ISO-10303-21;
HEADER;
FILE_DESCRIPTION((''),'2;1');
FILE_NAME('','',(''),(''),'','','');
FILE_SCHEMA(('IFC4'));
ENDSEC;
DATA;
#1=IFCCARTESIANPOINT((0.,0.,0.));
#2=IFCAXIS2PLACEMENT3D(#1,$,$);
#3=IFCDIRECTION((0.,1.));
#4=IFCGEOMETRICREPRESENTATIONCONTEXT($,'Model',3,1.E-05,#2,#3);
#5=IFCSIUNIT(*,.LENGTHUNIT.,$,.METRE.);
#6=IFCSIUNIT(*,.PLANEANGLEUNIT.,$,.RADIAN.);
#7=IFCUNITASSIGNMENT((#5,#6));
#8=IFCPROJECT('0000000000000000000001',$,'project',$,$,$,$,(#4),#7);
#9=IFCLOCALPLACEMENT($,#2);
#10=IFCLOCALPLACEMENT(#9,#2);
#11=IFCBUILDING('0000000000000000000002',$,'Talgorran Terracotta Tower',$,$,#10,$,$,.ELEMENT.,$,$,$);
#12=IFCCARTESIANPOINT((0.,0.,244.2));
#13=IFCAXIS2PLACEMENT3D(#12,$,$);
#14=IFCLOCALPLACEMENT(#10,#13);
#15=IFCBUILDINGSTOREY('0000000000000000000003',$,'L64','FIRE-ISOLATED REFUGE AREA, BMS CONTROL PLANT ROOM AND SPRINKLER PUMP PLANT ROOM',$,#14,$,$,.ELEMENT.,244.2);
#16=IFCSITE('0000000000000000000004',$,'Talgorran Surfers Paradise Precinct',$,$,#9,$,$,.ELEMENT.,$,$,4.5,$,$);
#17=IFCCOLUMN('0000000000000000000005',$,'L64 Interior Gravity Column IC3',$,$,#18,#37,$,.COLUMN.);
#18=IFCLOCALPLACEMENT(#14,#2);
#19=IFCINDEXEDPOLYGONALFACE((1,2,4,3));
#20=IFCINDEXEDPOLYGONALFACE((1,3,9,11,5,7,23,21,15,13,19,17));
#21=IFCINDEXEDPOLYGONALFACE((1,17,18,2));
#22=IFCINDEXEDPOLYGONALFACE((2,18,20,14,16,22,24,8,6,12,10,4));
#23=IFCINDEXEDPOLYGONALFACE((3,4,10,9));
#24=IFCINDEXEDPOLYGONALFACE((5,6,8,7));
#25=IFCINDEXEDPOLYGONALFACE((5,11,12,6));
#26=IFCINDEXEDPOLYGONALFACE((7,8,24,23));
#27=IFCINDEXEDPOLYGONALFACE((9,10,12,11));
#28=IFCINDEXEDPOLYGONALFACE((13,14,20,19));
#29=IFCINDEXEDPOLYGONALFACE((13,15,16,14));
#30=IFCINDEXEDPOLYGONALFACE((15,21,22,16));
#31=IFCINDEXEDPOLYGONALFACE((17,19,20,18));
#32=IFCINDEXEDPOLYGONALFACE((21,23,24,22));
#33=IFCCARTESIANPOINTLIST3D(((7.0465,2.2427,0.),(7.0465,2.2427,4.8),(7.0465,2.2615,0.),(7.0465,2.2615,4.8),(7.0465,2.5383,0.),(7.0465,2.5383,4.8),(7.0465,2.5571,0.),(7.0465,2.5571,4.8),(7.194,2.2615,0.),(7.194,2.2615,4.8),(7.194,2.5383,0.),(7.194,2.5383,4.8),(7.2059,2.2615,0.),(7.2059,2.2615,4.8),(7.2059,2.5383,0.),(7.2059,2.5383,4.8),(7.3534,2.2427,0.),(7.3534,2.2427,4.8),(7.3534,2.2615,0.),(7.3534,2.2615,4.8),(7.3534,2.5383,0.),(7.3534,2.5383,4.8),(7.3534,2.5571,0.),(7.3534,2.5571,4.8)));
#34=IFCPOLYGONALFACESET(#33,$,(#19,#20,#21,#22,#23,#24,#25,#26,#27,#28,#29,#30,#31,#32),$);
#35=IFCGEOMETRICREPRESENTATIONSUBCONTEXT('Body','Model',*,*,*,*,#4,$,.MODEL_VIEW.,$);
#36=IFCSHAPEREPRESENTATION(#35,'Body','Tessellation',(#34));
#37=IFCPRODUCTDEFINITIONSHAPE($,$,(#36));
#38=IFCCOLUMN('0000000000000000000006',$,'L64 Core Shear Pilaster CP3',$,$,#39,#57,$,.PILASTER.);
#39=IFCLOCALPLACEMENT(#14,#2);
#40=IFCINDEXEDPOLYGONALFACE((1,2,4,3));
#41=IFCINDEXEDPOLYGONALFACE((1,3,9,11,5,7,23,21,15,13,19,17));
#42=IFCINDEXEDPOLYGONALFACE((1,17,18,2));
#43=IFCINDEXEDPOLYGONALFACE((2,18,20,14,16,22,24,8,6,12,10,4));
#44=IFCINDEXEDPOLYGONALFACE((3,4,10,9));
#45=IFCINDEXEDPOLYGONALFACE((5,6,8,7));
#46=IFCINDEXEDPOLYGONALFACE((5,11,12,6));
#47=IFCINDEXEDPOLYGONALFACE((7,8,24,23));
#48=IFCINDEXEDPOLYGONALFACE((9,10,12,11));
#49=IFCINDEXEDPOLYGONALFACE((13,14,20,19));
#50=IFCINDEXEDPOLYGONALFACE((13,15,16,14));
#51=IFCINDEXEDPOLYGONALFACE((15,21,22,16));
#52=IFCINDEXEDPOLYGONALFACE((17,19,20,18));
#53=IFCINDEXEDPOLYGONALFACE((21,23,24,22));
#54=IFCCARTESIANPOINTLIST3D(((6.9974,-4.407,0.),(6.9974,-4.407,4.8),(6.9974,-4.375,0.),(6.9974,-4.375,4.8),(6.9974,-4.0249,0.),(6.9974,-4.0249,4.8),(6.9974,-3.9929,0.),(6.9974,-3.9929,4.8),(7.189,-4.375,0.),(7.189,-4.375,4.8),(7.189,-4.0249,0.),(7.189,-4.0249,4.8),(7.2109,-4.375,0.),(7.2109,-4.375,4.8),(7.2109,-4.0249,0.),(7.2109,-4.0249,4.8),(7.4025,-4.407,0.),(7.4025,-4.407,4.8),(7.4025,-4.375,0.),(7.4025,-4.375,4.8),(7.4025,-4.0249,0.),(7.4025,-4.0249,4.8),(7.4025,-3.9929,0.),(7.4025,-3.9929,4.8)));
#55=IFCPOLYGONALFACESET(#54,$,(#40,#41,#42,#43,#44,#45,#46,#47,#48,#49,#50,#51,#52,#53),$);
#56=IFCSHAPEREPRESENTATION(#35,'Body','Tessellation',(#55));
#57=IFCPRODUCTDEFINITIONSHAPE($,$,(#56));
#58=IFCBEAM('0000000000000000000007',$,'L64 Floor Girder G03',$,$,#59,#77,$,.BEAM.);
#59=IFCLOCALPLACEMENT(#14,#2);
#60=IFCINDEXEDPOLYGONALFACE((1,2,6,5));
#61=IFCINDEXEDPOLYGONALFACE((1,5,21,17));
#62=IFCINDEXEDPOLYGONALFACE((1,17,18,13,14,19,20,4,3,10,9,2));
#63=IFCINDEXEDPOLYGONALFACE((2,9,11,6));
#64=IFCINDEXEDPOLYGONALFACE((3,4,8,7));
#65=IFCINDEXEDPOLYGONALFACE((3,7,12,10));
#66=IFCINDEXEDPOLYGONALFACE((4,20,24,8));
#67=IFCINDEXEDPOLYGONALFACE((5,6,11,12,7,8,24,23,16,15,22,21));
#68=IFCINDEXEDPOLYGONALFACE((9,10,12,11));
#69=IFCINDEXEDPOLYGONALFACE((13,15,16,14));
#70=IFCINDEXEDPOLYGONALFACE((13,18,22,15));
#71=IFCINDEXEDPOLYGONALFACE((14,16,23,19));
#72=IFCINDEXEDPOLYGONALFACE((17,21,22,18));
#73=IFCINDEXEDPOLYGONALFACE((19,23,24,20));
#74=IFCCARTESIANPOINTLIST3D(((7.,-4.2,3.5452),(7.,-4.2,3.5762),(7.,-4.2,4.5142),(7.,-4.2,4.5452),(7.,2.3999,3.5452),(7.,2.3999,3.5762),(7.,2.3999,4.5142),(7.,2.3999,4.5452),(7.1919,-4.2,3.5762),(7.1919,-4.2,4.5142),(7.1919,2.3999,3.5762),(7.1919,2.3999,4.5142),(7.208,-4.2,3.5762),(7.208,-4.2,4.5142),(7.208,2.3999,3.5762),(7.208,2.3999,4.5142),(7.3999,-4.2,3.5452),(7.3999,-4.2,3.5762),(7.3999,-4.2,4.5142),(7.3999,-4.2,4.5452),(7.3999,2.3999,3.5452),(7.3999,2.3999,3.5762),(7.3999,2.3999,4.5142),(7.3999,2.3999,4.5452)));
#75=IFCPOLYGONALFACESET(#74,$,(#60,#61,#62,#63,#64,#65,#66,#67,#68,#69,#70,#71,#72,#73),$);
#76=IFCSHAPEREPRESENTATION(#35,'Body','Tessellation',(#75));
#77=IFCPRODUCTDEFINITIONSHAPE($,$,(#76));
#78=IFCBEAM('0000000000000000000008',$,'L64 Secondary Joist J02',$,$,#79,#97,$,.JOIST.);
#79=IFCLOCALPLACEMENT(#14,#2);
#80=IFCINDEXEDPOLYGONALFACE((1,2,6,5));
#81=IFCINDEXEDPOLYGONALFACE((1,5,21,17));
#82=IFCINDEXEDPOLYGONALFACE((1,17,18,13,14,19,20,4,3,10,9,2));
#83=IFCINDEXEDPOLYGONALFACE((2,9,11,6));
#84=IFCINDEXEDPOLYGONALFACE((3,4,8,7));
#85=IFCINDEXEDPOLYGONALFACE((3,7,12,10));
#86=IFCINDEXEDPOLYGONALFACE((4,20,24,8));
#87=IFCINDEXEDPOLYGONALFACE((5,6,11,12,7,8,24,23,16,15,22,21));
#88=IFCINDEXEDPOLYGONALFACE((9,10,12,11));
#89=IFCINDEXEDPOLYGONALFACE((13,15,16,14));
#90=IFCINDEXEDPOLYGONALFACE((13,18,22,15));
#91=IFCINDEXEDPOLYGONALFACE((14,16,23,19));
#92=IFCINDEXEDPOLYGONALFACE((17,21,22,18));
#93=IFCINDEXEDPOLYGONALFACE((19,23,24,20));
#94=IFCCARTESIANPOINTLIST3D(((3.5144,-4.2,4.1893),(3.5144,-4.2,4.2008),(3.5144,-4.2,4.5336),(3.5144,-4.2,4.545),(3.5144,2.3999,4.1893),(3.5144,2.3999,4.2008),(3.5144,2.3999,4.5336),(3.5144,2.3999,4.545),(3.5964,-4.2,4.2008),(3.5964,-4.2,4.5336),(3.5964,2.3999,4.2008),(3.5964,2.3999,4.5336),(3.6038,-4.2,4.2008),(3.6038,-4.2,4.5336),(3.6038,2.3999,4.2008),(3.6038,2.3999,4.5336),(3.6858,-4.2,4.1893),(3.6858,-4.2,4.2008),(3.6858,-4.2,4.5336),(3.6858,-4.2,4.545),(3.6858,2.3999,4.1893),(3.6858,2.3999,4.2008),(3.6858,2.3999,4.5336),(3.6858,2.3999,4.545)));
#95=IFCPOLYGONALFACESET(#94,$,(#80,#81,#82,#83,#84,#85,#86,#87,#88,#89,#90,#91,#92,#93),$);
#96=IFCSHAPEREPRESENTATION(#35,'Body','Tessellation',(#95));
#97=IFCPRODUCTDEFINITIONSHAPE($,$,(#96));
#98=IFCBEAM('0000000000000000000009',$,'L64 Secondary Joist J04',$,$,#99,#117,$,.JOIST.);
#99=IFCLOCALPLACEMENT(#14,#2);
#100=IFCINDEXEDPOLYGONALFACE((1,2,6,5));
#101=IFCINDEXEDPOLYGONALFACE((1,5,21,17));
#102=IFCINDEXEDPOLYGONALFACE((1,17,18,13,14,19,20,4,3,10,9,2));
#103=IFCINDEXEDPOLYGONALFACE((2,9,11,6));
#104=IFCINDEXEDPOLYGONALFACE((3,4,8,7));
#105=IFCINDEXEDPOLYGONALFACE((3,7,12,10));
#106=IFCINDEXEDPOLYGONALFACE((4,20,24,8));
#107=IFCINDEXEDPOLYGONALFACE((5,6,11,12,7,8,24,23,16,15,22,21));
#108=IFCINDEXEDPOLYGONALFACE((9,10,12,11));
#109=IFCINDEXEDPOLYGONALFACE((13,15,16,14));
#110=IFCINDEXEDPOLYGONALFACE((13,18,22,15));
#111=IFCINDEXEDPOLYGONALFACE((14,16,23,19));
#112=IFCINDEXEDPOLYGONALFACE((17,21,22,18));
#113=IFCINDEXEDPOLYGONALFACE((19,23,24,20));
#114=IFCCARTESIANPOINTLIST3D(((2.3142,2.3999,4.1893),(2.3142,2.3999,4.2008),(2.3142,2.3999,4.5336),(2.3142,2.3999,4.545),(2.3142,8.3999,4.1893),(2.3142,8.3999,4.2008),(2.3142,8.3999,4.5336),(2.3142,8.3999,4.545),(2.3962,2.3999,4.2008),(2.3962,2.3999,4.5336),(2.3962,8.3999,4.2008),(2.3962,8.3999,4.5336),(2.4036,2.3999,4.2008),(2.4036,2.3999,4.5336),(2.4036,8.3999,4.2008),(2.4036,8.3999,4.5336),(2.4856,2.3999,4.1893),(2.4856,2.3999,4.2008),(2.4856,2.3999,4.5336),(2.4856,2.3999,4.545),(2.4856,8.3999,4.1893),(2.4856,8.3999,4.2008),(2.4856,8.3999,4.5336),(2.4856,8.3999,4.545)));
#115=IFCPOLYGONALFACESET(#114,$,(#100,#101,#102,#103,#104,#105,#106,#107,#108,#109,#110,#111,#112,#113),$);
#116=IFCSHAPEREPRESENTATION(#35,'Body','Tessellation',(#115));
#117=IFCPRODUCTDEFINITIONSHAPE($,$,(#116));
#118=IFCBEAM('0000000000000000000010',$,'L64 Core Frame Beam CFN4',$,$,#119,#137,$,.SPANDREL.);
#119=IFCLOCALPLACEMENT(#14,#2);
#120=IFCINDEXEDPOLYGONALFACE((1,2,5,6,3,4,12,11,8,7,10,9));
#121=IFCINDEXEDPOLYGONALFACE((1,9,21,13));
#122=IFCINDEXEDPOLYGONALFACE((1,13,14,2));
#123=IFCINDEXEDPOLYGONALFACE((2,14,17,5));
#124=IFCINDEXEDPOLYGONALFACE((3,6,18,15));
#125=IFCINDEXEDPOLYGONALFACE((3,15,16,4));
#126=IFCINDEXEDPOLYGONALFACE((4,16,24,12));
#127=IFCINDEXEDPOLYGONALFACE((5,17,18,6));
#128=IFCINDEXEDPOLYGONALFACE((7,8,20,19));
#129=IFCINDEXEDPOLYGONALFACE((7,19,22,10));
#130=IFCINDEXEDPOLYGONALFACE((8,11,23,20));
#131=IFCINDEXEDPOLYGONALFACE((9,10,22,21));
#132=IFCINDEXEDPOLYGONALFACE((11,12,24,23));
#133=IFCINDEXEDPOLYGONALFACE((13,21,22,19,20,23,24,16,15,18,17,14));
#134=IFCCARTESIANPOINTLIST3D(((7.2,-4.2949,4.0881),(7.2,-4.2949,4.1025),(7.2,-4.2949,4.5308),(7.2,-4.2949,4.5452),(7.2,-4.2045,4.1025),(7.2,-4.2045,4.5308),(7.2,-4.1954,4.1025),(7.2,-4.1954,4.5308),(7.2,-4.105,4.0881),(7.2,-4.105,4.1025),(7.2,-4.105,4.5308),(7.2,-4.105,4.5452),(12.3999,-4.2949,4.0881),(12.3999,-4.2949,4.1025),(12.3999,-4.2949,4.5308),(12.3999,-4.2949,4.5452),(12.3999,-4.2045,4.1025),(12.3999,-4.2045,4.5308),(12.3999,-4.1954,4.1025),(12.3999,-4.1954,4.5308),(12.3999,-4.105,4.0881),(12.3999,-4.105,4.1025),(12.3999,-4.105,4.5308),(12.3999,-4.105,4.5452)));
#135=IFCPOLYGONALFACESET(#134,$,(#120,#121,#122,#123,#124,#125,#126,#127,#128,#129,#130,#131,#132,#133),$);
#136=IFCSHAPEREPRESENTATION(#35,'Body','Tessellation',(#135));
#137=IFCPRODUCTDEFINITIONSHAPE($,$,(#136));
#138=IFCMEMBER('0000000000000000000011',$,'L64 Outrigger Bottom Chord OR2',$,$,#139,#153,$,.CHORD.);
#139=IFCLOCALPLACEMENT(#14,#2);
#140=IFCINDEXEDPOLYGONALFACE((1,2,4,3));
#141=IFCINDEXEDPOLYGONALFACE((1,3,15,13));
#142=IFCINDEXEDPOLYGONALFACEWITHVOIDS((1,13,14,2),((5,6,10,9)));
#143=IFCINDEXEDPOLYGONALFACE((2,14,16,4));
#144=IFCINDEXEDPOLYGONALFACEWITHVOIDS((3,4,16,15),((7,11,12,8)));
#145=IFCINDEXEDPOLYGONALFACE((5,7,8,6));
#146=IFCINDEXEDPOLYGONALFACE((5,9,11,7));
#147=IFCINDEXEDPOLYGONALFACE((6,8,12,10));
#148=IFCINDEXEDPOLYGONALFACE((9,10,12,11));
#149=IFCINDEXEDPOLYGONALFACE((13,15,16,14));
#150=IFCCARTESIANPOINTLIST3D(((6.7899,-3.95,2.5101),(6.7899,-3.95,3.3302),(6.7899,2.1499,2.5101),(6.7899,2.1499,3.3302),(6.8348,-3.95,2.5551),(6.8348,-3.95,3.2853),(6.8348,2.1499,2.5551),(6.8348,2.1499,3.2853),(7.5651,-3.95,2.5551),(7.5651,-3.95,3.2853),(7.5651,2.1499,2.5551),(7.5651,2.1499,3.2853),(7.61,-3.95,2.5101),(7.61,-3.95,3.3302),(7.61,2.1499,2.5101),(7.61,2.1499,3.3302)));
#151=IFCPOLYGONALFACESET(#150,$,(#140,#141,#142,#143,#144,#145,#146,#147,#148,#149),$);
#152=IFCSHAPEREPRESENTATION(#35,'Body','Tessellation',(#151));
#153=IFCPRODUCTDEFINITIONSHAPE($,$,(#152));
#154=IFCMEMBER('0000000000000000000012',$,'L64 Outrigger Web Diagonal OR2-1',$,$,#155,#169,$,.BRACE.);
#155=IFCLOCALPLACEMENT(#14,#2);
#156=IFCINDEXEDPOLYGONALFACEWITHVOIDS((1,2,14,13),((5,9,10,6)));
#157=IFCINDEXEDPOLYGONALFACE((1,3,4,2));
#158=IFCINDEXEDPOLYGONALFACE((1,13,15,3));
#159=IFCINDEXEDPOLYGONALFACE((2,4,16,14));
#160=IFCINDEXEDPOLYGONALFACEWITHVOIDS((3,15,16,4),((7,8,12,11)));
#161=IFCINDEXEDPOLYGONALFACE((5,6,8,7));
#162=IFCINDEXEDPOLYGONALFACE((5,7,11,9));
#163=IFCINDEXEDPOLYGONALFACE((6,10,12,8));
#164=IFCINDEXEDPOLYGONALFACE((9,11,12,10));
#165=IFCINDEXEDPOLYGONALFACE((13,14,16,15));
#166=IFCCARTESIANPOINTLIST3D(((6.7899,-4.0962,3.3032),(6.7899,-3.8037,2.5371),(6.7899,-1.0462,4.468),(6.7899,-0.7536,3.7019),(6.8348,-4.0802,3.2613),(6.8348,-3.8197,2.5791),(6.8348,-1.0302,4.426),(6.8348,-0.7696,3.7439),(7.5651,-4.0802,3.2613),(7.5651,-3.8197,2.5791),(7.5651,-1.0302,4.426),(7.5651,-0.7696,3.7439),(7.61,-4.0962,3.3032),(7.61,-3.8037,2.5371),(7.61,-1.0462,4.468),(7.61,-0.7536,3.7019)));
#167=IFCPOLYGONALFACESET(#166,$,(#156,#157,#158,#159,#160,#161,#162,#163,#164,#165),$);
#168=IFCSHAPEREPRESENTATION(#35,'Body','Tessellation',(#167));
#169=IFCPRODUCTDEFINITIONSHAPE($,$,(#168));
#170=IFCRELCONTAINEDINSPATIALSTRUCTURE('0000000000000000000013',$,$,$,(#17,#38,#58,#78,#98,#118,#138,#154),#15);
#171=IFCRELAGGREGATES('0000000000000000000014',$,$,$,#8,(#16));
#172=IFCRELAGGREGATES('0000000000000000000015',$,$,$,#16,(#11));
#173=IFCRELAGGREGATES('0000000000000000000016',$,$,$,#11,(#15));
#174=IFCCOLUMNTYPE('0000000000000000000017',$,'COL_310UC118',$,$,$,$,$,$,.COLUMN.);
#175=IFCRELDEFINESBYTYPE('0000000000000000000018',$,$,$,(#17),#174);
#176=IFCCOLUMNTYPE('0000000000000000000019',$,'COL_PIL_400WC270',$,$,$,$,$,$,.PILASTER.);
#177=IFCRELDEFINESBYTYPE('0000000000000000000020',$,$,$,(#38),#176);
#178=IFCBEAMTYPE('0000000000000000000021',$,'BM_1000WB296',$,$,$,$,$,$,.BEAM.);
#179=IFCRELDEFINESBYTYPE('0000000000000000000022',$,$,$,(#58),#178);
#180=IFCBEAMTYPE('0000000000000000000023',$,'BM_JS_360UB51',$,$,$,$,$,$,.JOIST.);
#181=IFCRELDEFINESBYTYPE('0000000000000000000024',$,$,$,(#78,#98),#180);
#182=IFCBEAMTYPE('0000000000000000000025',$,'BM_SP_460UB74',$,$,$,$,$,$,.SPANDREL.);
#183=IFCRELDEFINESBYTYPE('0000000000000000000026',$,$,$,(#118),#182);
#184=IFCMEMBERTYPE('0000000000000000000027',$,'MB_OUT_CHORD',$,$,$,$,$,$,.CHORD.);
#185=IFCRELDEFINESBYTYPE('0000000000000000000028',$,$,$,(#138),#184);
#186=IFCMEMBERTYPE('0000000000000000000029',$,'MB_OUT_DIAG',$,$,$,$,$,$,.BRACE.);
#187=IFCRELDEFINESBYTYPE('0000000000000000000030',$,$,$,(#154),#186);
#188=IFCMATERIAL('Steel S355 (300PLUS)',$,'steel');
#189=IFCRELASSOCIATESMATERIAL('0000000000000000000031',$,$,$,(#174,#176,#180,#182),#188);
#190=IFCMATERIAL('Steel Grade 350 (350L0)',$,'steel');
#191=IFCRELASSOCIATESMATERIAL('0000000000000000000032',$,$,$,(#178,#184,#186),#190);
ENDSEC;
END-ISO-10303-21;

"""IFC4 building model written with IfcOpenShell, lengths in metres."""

from ifc_helpers import new_model, si_unit, direction, frame, origin, origin_2d, place, context, subcontext, project, spatial, hollow_rectangle, i_section, extrude, material, material_profile, profile_set, type_object, element, save


model = new_model("IFC4")

# Units and contexts
model_context = context("Model", 3, precision=1e-05, world=origin(), true_north=direction((0.0, 1.0)))
body_context = subcontext(model_context, "Body", "Model", "MODEL_VIEW")
ifc_project = project(units=[si_unit("LENGTHUNIT", "METRE"), si_unit("PLANEANGLEUNIT", "RADIAN")], contexts=[model_context])

# Site, building, storey
site_placement = place(None, origin())
site = spatial("IfcSite", under=ifc_project, at=site_placement, Name="Talgorran Surfers Paradise Precinct", CompositionType="ELEMENT", RefElevation=4.5)
building_placement = place(site_placement, origin())
building = spatial("IfcBuilding", under=site, at=building_placement, Name="Talgorran Terracotta Tower", CompositionType="ELEMENT")
storey_placement = place(building_placement, frame((0.0, 0.0, 244.2)))
storey = spatial("IfcBuildingStorey", under=building, at=storey_placement, Name="L64", Description="FIRE-ISOLATED REFUGE AREA, BMS CONTROL PLANT ROOM AND SPRINKLER PUMP PLANT ROOM", CompositionType="ELEMENT", Elevation=244.2)

# Columns
ifc_material_1 = material(Name="Steel S355 (300PLUS)", Category="steel")
ifc_material_profile_1 = material_profile(ifc_material_1, i_section(OverallWidth=0.3069, OverallDepth=0.3145, WebThickness=0.012, FlangeThickness=0.0188, at=origin_2d()), Name="310UC118")
ifc_profile_set_1 = profile_set([ifc_material_profile_1], Name="Steel S355 (300PLUS)")
column_type_1 = type_object("IfcColumnType", Name="COL_310UC118", PredefinedType="COLUMN", material=ifc_profile_set_1)
column_1_placement = place(storey_placement, frame((7.2, 2.3999, 0.0), z_axis=(0.0, 0.0, 1.0), x_axis=(1.0, 0.0, 0.0)))
element("IfcColumn", 1, at=column_1_placement, inside=storey, type_object=column_type_1, Name="L64 Interior Gravity Column IC3", PredefinedType="COLUMN", context=body_context, shape_type="SweptSolid", body=[
    extrude(i_section(OverallWidth=0.3069, OverallDepth=0.3145, WebThickness=0.012, FlangeThickness=0.0188, at=origin_2d()), origin(), (0.0, 0.0, 1.0), 4.8),
])
ifc_material_profile_2 = material_profile(ifc_material_1, i_section(OverallWidth=0.405, OverallDepth=0.4141, WebThickness=0.022, FlangeThickness=0.032, at=origin_2d()), Name="400WC270")
ifc_profile_set_2 = profile_set([ifc_material_profile_2], Name="Steel S355 (300PLUS)")
column_type_2 = type_object("IfcColumnType", Name="COL_PIL_400WC270", PredefinedType="PILASTER", material=ifc_profile_set_2)
column_2_placement = place(storey_placement, frame((7.2, -4.2, 0.0), z_axis=(0.0, 0.0, 1.0), x_axis=(1.0, 0.0, 0.0)))
element("IfcColumn", 2, at=column_2_placement, inside=storey, type_object=column_type_2, Name="L64 Core Shear Pilaster CP3", PredefinedType="PILASTER", context=body_context, shape_type="SweptSolid", body=[
    extrude(i_section(OverallWidth=0.405, OverallDepth=0.4141, WebThickness=0.022, FlangeThickness=0.032, at=origin_2d()), origin(), (0.0, 0.0, 1.0), 4.8),
])

# Beams
ifc_material_2 = material(Name="Steel Grade 350 (350L0)", Category="steel")
ifc_material_profile_3 = material_profile(ifc_material_2, i_section(OverallWidth=0.3999, OverallDepth=1.0, WebThickness=0.0161, FlangeThickness=0.031, at=origin_2d()), Name="1000WB296")
ifc_profile_set_3 = profile_set([ifc_material_profile_3], Name="Steel Grade 350 (350L0)")
beam_type_1 = type_object("IfcBeamType", Name="BM_1000WB296", PredefinedType="BEAM", material=ifc_profile_set_3)
beam_1_placement = place(storey_placement, frame((7.2, -4.2, 4.0452), z_axis=(0.0, 1.0, 0.0), x_axis=(-1.0, 0.0, 0.0)))
element("IfcBeam", 3, at=beam_1_placement, inside=storey, type_object=beam_type_1, Name="L64 Floor Girder G03", PredefinedType="BEAM", context=body_context, shape_type="SweptSolid", body=[
    extrude(i_section(OverallWidth=0.3999, OverallDepth=1.0, WebThickness=0.0161, FlangeThickness=0.031, at=origin_2d()), origin(), (0.0, 0.0, 1.0), 6.5999),
])
ifc_material_profile_4 = material_profile(ifc_material_1, i_section(OverallWidth=0.1714, OverallDepth=0.3557, WebThickness=0.0073, FlangeThickness=0.0115, at=origin_2d()), Name="360UB50.7")
ifc_profile_set_4 = profile_set([ifc_material_profile_4], Name="Steel S355 (300PLUS)")
beam_type_2 = type_object("IfcBeamType", Name="BM_JS_360UB51", PredefinedType="JOIST", material=ifc_profile_set_4)
beam_2_placement = place(storey_placement, frame((3.6001, -4.2, 4.3672), z_axis=(0.0, 1.0, 0.0), x_axis=(-1.0, 0.0, 0.0)))
element("IfcBeam", 4, at=beam_2_placement, inside=storey, type_object=beam_type_2, Name="L64 Secondary Joist J02", PredefinedType="JOIST", context=body_context, shape_type="SweptSolid", body=[
    extrude(i_section(OverallWidth=0.1714, OverallDepth=0.3557, WebThickness=0.0073, FlangeThickness=0.0115, at=origin_2d()), origin(), (0.0, 0.0, 1.0), 6.5999),
])
beam_3_placement = place(storey_placement, frame((2.3999, 2.3999, 4.3672), z_axis=(0.0, 1.0, 0.0), x_axis=(-1.0, 0.0, 0.0)))
element("IfcBeam", 5, at=beam_3_placement, inside=storey, type_object=beam_type_2, Name="L64 Secondary Joist J04", PredefinedType="JOIST", context=body_context, shape_type="SweptSolid", body=[
    extrude(i_section(OverallWidth=0.1714, OverallDepth=0.3557, WebThickness=0.0073, FlangeThickness=0.0115, at=origin_2d()), origin(), (0.0, 0.0, 1.0), 6.0),
])
ifc_material_profile_5 = material_profile(ifc_material_1, i_section(OverallWidth=0.1899, OverallDepth=0.457, WebThickness=0.009, FlangeThickness=0.0144, at=origin_2d()), Name="460UB74.6")
ifc_profile_set_5 = profile_set([ifc_material_profile_5], Name="Steel S355 (300PLUS)")
beam_type_3 = type_object("IfcBeamType", Name="BM_SP_460UB74", PredefinedType="SPANDREL", material=ifc_profile_set_5)
beam_4_placement = place(storey_placement, frame((7.2, -4.2, 4.3167), z_axis=(1.0, 0.0, 0.0), x_axis=(0.0, 1.0, 0.0)))
element("IfcBeam", 6, at=beam_4_placement, inside=storey, type_object=beam_type_3, Name="L64 Core Frame Beam CFN4", PredefinedType="SPANDREL", context=body_context, shape_type="SweptSolid", body=[
    extrude(i_section(OverallWidth=0.1899, OverallDepth=0.457, WebThickness=0.009, FlangeThickness=0.0144, at=origin_2d()), origin(), (0.0, 0.0, 1.0), 5.2),
])

# Members
ifc_material_profile_6 = material_profile(ifc_material_2, hollow_rectangle(XDim=0.8201, YDim=0.8201, WallThickness=0.0449, at=origin_2d()), Name="WBOX820X820X45")
ifc_profile_set_6 = profile_set([ifc_material_profile_6], Name="Steel Grade 350 (350L0)")
member_type_1 = type_object("IfcMemberType", Name="MB_OUT_CHORD", PredefinedType="CHORD", material=ifc_profile_set_6)
member_1_placement = place(storey_placement, frame((7.2, -3.95, 2.9202), z_axis=(0.0, 1.0, 0.0), x_axis=(-1.0, 0.0, 0.0)))
element("IfcMember", 7, at=member_1_placement, inside=storey, type_object=member_type_1, Name="L64 Outrigger Bottom Chord OR2", PredefinedType="CHORD", context=body_context, shape_type="SweptSolid", body=[
    extrude(hollow_rectangle(XDim=0.8201, YDim=0.8201, WallThickness=0.0449, at=origin_2d()), origin(), (0.0, 0.0, 1.0), 6.0999),
])
ifc_material_profile_7 = material_profile(ifc_material_2, hollow_rectangle(XDim=0.8201, YDim=0.8201, WallThickness=0.0449, at=origin_2d()), Name="WBOX820X820X45")
ifc_profile_set_7 = profile_set([ifc_material_profile_7], Name="Steel Grade 350 (350L0)")
member_type_2 = type_object("IfcMemberType", Name="MB_OUT_DIAG", PredefinedType="BRACE", material=ifc_profile_set_7)
member_2_placement = place(storey_placement, frame((7.2, -3.95, 2.9202), z_axis=(0.0, 0.934195, 0.356763), x_axis=(-1.0, 0.0, 0.0)))
element("IfcMember", 8, at=member_2_placement, inside=storey, type_object=member_type_2, Name="L64 Outrigger Web Diagonal OR2-1", PredefinedType="BRACE", context=body_context, shape_type="SweptSolid", body=[
    extrude(hollow_rectangle(XDim=0.8201, YDim=0.8201, WallThickness=0.0449, at=origin_2d()), origin(), (0.0, 0.0, 1.0), 3.2649),
])

save(model, "model.ifc")
